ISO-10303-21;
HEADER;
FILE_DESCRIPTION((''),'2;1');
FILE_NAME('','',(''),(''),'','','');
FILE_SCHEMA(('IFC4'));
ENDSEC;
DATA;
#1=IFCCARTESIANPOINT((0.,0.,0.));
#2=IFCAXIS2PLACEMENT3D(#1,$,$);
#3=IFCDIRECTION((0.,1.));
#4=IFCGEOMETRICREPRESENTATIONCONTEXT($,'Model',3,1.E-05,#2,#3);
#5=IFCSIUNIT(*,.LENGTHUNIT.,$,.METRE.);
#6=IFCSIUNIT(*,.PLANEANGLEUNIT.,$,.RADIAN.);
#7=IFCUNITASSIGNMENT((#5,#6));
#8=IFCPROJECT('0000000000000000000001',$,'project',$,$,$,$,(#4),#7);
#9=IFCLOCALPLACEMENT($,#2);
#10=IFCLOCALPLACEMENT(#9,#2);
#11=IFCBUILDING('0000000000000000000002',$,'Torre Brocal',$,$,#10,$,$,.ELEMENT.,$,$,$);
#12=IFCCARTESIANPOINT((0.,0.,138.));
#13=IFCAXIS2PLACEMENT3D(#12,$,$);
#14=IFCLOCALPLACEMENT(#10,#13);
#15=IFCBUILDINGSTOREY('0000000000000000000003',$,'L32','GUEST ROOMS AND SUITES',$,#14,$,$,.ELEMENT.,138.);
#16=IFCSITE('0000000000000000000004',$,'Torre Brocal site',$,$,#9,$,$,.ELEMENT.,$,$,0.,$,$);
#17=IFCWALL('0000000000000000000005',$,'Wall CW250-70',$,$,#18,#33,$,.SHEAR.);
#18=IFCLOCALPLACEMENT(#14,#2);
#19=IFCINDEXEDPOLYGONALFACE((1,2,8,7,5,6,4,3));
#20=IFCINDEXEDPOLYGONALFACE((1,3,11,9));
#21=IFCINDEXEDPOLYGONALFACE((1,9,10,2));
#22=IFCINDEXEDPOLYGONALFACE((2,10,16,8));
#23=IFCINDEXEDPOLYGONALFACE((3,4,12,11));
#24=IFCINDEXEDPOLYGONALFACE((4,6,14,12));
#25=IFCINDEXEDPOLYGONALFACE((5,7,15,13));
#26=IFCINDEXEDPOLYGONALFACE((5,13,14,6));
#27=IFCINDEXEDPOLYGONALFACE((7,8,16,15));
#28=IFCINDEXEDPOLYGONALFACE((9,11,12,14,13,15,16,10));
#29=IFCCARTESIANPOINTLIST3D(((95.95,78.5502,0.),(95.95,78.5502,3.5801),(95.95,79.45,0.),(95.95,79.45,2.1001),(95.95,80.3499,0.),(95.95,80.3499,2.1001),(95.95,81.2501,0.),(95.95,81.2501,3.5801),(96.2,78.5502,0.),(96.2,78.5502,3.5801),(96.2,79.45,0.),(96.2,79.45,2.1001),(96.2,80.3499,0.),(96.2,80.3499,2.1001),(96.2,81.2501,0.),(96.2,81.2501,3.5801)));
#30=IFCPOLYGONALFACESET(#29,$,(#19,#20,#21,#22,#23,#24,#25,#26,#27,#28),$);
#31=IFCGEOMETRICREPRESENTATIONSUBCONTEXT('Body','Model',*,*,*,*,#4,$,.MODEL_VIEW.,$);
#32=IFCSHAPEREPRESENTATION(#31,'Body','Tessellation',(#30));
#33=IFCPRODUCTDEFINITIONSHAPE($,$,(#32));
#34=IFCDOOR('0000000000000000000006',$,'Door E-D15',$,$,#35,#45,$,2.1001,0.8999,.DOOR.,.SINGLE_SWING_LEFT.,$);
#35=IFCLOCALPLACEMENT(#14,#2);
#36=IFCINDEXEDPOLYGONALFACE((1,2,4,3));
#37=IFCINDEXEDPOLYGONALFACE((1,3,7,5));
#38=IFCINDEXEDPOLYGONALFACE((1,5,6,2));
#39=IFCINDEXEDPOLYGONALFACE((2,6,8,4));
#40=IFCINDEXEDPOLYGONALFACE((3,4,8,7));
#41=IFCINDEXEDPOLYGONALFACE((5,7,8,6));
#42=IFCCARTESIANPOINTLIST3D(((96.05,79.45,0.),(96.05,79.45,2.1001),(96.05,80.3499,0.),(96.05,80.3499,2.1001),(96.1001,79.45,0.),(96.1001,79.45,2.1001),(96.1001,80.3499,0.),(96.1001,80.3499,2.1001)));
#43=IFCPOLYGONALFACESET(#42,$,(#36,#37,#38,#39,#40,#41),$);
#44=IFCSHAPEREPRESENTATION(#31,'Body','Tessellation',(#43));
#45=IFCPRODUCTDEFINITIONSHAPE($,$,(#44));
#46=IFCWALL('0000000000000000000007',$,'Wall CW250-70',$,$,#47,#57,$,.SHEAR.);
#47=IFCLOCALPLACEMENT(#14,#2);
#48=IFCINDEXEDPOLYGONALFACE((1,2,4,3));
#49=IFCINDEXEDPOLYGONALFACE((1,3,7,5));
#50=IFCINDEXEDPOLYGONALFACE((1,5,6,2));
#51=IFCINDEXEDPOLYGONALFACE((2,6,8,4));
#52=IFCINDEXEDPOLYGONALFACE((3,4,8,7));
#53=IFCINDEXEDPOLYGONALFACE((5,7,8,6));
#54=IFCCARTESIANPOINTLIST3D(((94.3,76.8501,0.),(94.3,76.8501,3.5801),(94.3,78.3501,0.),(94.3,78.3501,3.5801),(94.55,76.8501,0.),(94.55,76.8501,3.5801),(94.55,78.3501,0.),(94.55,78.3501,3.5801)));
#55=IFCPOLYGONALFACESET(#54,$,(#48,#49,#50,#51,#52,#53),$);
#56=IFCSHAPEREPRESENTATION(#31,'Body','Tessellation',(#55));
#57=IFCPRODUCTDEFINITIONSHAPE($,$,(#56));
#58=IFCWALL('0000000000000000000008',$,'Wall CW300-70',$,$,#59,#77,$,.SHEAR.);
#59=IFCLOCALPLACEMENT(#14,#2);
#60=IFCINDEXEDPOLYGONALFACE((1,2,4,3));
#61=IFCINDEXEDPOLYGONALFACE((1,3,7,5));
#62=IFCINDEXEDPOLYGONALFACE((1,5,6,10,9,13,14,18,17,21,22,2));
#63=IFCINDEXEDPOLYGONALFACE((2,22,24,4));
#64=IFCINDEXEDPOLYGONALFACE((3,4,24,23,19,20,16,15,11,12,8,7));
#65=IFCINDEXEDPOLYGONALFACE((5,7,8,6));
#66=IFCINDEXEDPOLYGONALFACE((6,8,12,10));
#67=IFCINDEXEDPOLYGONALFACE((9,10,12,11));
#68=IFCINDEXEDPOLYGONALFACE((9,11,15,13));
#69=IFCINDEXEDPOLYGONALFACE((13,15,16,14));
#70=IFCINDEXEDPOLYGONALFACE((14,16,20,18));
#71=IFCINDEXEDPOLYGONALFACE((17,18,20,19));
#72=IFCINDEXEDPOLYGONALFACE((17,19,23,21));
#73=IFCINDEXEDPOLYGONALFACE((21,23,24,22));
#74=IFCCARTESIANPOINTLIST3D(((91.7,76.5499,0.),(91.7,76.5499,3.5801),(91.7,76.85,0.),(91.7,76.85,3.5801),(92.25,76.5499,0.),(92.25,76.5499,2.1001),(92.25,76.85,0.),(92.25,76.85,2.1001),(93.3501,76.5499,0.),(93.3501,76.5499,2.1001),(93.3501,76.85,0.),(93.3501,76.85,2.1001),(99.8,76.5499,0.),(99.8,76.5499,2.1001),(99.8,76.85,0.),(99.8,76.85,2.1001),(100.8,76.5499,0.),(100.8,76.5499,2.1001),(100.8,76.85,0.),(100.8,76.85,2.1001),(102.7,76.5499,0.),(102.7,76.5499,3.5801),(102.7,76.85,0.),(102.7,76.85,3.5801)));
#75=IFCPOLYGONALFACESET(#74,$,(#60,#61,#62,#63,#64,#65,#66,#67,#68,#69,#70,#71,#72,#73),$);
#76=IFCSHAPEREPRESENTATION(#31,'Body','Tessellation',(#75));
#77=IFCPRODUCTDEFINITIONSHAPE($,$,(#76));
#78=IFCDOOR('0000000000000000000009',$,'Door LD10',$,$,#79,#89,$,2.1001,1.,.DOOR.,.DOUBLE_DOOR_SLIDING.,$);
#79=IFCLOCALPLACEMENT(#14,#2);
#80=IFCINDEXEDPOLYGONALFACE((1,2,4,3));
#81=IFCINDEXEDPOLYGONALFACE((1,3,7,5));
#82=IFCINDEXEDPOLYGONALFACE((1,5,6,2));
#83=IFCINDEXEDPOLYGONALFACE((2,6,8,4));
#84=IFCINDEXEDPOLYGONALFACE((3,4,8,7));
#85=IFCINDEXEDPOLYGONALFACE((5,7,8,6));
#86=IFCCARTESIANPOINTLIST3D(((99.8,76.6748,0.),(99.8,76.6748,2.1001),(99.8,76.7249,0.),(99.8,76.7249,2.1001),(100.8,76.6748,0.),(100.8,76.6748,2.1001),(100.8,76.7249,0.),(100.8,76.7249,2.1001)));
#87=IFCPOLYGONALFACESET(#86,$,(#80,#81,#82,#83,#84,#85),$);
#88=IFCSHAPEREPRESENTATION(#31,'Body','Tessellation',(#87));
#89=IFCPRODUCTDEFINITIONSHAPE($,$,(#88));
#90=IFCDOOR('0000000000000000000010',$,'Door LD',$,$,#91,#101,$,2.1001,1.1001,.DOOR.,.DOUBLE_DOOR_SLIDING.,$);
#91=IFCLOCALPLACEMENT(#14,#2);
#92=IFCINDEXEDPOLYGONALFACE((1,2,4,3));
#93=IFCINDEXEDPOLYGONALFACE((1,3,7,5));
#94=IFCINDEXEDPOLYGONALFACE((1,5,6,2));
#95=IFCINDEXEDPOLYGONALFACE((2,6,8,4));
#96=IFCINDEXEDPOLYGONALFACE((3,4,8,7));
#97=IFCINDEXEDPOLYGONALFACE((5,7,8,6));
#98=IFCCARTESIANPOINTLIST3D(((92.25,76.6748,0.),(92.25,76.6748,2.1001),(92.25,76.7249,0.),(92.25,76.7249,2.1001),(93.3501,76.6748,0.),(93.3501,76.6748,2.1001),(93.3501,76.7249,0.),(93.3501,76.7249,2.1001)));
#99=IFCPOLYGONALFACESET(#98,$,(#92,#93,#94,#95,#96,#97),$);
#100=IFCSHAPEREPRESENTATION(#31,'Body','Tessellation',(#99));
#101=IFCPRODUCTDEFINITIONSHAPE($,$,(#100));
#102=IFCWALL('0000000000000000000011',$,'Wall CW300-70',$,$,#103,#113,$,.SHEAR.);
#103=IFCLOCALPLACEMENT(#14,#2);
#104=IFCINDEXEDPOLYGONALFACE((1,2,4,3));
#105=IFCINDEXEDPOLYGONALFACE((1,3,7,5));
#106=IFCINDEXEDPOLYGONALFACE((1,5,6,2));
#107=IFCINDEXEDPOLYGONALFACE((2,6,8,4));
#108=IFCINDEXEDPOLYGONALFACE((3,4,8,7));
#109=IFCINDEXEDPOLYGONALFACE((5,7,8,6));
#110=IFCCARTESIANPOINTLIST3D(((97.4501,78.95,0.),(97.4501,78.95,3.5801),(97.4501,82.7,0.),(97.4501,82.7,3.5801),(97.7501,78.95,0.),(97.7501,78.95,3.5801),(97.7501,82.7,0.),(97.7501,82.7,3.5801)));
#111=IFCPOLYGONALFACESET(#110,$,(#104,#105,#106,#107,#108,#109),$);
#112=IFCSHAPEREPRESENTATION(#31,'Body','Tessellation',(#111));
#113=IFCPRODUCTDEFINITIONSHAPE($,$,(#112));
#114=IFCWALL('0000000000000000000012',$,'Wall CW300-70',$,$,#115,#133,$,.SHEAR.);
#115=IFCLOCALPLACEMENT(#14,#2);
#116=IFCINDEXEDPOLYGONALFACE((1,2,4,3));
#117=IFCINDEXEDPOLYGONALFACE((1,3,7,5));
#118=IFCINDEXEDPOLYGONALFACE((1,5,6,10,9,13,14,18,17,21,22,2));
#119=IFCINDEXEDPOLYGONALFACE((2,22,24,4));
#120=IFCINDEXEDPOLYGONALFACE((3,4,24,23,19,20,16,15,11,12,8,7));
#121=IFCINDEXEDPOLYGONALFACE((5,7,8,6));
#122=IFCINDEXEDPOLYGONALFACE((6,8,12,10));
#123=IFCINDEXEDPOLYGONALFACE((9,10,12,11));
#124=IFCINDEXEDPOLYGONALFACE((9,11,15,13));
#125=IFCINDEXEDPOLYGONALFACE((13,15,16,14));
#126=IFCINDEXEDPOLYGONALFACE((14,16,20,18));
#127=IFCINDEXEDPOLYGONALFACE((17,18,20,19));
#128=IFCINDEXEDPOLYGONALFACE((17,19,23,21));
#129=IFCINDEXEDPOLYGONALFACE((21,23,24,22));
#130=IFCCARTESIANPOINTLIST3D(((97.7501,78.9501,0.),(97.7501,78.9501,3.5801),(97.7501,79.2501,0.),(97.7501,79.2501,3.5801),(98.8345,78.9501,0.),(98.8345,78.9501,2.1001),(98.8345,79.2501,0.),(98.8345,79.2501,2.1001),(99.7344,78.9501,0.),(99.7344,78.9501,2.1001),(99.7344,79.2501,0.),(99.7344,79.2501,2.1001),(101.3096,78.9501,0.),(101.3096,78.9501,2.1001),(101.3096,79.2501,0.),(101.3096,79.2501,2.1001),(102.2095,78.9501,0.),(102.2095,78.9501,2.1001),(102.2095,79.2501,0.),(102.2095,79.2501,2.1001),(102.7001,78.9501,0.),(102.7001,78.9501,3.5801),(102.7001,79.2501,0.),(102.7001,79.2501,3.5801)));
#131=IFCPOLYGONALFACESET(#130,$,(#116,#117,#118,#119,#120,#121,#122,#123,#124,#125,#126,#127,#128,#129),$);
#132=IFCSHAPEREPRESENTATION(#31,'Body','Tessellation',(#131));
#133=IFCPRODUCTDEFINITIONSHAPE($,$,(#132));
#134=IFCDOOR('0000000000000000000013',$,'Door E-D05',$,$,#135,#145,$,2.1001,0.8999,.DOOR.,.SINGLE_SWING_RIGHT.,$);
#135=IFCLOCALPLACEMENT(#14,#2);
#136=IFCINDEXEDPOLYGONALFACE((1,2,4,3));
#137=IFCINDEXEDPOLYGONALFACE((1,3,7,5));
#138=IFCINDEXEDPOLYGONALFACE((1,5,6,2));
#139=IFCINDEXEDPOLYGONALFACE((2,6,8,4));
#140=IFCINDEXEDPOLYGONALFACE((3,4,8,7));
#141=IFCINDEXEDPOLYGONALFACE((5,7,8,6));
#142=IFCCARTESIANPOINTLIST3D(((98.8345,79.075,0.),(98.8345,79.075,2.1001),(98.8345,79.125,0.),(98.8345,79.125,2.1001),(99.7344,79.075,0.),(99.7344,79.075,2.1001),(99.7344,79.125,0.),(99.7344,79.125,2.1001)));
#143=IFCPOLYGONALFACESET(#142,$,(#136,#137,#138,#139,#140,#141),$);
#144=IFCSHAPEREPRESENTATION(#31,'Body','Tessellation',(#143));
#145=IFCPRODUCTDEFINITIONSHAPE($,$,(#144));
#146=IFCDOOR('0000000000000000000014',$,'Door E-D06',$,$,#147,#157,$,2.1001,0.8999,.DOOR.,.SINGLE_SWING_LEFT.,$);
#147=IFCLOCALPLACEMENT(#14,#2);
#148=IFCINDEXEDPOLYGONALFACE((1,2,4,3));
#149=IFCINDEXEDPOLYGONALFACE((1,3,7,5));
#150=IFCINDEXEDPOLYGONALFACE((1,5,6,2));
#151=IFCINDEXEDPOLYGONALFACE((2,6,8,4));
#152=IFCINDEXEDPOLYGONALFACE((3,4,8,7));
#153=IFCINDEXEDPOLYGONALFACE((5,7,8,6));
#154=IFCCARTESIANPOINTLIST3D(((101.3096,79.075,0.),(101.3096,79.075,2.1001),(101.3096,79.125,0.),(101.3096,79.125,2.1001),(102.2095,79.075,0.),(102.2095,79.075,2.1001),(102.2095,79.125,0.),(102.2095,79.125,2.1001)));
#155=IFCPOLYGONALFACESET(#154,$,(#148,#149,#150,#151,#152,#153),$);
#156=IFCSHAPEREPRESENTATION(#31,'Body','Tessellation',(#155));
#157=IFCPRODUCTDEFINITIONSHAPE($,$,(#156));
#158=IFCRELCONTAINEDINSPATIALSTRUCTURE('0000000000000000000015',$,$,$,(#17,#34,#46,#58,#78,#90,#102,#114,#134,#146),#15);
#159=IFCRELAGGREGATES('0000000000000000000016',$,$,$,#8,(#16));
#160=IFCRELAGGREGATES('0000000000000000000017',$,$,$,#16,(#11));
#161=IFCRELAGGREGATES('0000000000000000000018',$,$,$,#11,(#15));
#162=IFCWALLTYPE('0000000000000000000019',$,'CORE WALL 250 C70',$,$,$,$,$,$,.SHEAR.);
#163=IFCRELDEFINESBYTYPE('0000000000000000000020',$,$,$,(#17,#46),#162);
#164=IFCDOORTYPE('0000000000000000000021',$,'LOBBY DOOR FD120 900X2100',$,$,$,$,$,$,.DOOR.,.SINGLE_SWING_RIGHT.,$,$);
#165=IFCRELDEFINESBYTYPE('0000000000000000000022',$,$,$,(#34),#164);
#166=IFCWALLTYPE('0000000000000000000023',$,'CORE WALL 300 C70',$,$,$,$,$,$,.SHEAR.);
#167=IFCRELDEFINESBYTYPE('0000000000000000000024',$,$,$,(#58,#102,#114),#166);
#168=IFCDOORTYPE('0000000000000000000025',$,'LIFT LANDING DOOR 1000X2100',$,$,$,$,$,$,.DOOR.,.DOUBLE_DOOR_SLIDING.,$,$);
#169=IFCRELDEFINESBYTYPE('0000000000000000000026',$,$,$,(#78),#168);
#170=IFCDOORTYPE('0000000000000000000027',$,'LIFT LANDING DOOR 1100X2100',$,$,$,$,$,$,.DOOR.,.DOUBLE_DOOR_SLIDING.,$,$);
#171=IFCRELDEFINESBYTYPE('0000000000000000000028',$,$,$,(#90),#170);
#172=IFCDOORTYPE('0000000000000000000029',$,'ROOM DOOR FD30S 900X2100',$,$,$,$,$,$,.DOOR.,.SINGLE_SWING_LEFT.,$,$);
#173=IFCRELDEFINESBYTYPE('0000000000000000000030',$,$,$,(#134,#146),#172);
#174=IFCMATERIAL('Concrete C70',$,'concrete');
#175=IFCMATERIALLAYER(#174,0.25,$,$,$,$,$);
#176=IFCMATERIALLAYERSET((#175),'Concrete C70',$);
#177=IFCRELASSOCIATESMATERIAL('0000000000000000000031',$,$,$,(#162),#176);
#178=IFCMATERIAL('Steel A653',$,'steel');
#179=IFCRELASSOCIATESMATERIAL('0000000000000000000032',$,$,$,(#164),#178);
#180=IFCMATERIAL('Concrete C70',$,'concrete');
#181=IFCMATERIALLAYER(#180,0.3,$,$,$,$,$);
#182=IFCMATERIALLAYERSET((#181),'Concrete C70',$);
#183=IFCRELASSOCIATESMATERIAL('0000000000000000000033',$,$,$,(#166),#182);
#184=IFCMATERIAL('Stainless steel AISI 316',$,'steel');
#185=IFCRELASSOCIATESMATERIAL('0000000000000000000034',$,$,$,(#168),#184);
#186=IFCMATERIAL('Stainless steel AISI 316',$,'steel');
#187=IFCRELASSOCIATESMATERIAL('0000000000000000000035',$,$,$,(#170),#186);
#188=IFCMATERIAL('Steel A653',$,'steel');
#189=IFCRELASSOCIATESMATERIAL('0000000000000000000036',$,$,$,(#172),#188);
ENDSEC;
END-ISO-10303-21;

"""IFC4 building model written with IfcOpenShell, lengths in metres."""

from ifc_helpers import new_model, si_unit, direction, frame, frame_2d, origin, place, context, subcontext, project, spatial, rectangle, extrude, material, layer, layer_set, type_object, element, fill, save


model = new_model("IFC4")

# Units and contexts
model_context = context("Model", 3, precision=1e-05, world=origin(), true_north=direction((0.0, 1.0)))
body_context = subcontext(model_context, "Body", "Model", "MODEL_VIEW")
ifc_project = project(units=[si_unit("LENGTHUNIT", "METRE"), si_unit("PLANEANGLEUNIT", "RADIAN")], contexts=[model_context])

# Site, building, storey
site_placement = place(None, origin())
site = spatial("IfcSite", under=ifc_project, at=site_placement, Name="Torre Brocal site", CompositionType="ELEMENT", RefElevation=0.0)
building_placement = place(site_placement, origin())
building = spatial("IfcBuilding", under=site, at=building_placement, Name="Torre Brocal", CompositionType="ELEMENT")
storey_placement = place(building_placement, frame((0.0, 0.0, 138.0)))
storey = spatial("IfcBuildingStorey", under=building, at=storey_placement, Name="L32", Description="GUEST ROOMS AND SUITES", CompositionType="ELEMENT", Elevation=138.0)

# Wall, opening, door
ifc_material_1 = material(Name="Concrete C70", Category="concrete")
ifc_layer_1 = layer(ifc_material_1, 0.25)
ifc_layer_set_1 = layer_set([ifc_layer_1], Name="Concrete C70")
wall_type_1 = type_object("IfcWallType", Name="CORE WALL 250 C70", PredefinedType="SHEAR", material=ifc_layer_set_1)
wall_1_placement = place(storey_placement, frame((96.075, 78.55, 0.0), z_axis=(0.0, 0.0, 1.0), x_axis=(0.0, 1.0, 0.0)))
wall_1 = element("IfcWall", 1, at=wall_1_placement, inside=storey, type_object=wall_type_1, Name="Wall CW250-70", PredefinedType="SHEAR", context=body_context, shape_type="SweptSolid", body=[
    extrude(rectangle(XDim=2.7, YDim=0.25, at=frame_2d((1.3501, 0.0))), origin(), (0.0, 0.0, 1.0), 3.5801),
])
opening_1_placement = place(wall_1_placement, frame((0.8999, 0.0, 0.0)))
opening_1 = element("IfcOpeningElement", 2, at=opening_1_placement, cuts=wall_1, PredefinedType="OPENING", context=body_context, shape_type="SweptSolid", body=[
    extrude(rectangle(XDim=0.8999, YDim=2.1001, at=frame_2d((0.45, 1.05))), frame((0.0, 0.135, 0.0), z_axis=(0.0, -1.0, 0.0), x_axis=(1.0, 0.0, 0.0)), (0.0, 0.0, 1.0), 0.27),
])
ifc_material_2 = material(Name="Steel A653", Category="steel")
door_type_1 = type_object("IfcDoorType", Name="LOBBY DOOR FD120 900X2100", OperationType="SINGLE_SWING_RIGHT", PredefinedType="DOOR", material=ifc_material_2)
door_1_placement = place(opening_1_placement, origin())
door_1 = element("IfcDoor", 3, at=door_1_placement, inside=storey, type_object=door_type_1, Name="Door E-D15", OperationType="SINGLE_SWING_LEFT", OverallHeight=2.1001, OverallWidth=0.8999, PredefinedType="DOOR", context=body_context, shape_type="SweptSolid", body=[
    extrude(rectangle(XDim=0.8999, YDim=2.1001, at=frame_2d((0.45, 1.05))), frame((0.0, 0.0249, 0.0), z_axis=(0.0, -1.0, 0.0), x_axis=(1.0, 0.0, 0.0)), (0.0, 0.0, 1.0), 0.05),
])
fill(opening_1, door_1)

# Wall
wall_2_placement = place(storey_placement, frame((94.425, 76.8501, 0.0), z_axis=(0.0, 0.0, 1.0), x_axis=(0.0, 1.0, 0.0)))
element("IfcWall", 4, at=wall_2_placement, inside=storey, type_object=wall_type_1, Name="Wall CW250-70", PredefinedType="SHEAR", context=body_context, shape_type="SweptSolid", body=[
    extrude(rectangle(XDim=1.5, YDim=0.25, at=frame_2d((0.75, 0.0))), origin(), (0.0, 0.0, 1.0), 3.5801),
])

# Wall, openings, doors
ifc_material_3 = material(Name="Concrete C70", Category="concrete")
ifc_layer_2 = layer(ifc_material_3, 0.3)
ifc_layer_set_2 = layer_set([ifc_layer_2], Name="Concrete C70")
wall_type_2 = type_object("IfcWallType", Name="CORE WALL 300 C70", PredefinedType="SHEAR", material=ifc_layer_set_2)
wall_3_placement = place(storey_placement, frame((91.7, 76.7, 0.0), z_axis=(0.0, 0.0, 1.0), x_axis=(1.0, 0.0, 0.0)))
wall_3 = element("IfcWall", 5, at=wall_3_placement, inside=storey, type_object=wall_type_2, Name="Wall CW300-70", PredefinedType="SHEAR", context=body_context, shape_type="SweptSolid", body=[
    extrude(rectangle(XDim=11.0, YDim=0.3, at=frame_2d((5.5, 0.0))), origin(), (0.0, 0.0, 1.0), 3.5801),
])
opening_2_placement = place(wall_3_placement, frame((0.55, 0.0, 0.0)))
opening_2 = element("IfcOpeningElement", 6, at=opening_2_placement, cuts=wall_3, PredefinedType="OPENING", context=body_context, shape_type="SweptSolid", body=[
    extrude(rectangle(XDim=1.1001, YDim=2.1001, at=frame_2d((0.55, 1.05))), frame((0.0, 0.1599, 0.0), z_axis=(0.0, -1.0, 0.0), x_axis=(1.0, 0.0, 0.0)), (0.0, 0.0, 1.0), 0.3201),
])
opening_3_placement = place(wall_3_placement, frame((8.1001, 0.0, 0.0)))
opening_3 = element("IfcOpeningElement", 7, at=opening_3_placement, cuts=wall_3, PredefinedType="OPENING", context=body_context, shape_type="SweptSolid", body=[
    extrude(rectangle(XDim=1.0, YDim=2.1001, at=frame_2d((0.5, 1.05))), frame((0.0, 0.1599, 0.0), z_axis=(0.0, -1.0, 0.0), x_axis=(1.0, 0.0, 0.0)), (0.0, 0.0, 1.0), 0.3201),
])
ifc_material_4 = material(Name="Stainless steel AISI 316", Category="steel")
door_type_2 = type_object("IfcDoorType", Name="LIFT LANDING DOOR 1000X2100", OperationType="DOUBLE_DOOR_SLIDING", PredefinedType="DOOR", material=ifc_material_4)
door_2_placement = place(opening_3_placement, origin())
door_2 = element("IfcDoor", 8, at=door_2_placement, inside=storey, type_object=door_type_2, Name="Door LD10", OperationType="DOUBLE_DOOR_SLIDING", OverallHeight=2.1001, OverallWidth=1.0, PredefinedType="DOOR", context=body_context, shape_type="SweptSolid", body=[
    extrude(rectangle(XDim=1.0, YDim=2.1001, at=frame_2d((0.5, 1.05))), frame((0.0, 0.0249, 0.0), z_axis=(0.0, -1.0, 0.0), x_axis=(1.0, 0.0, 0.0)), (0.0, 0.0, 1.0), 0.05),
])
fill(opening_3, door_2)
ifc_material_5 = material(Name="Stainless steel AISI 316", Category="steel")
door_type_3 = type_object("IfcDoorType", Name="LIFT LANDING DOOR 1100X2100", OperationType="DOUBLE_DOOR_SLIDING", PredefinedType="DOOR", material=ifc_material_5)
door_3_placement = place(opening_2_placement, origin())
door_3 = element("IfcDoor", 9, at=door_3_placement, inside=storey, type_object=door_type_3, Name="Door LD", OperationType="DOUBLE_DOOR_SLIDING", OverallHeight=2.1001, OverallWidth=1.1001, PredefinedType="DOOR", context=body_context, shape_type="SweptSolid", body=[
    extrude(rectangle(XDim=1.1001, YDim=2.1001, at=frame_2d((0.55, 1.05))), frame((0.0, 0.0249, 0.0), z_axis=(0.0, -1.0, 0.0), x_axis=(1.0, 0.0, 0.0)), (0.0, 0.0, 1.0), 0.05),
])
fill(opening_2, door_3)

# Wall
wall_4_placement = place(storey_placement, frame((97.6001, 78.95, 0.0), z_axis=(0.0, 0.0, 1.0), x_axis=(0.0, 1.0, 0.0)))
element("IfcWall", 10, at=wall_4_placement, inside=storey, type_object=wall_type_2, Name="Wall CW300-70", PredefinedType="SHEAR", context=body_context, shape_type="SweptSolid", body=[
    extrude(rectangle(XDim=3.75, YDim=0.3, at=frame_2d((1.875, 0.0))), origin(), (0.0, 0.0, 1.0), 3.5801),
])

# Wall, openings, doors
wall_5_placement = place(storey_placement, frame((97.75, 79.1001, 0.0), z_axis=(0.0, 0.0, 1.0), x_axis=(1.0, 0.0, 0.0)))
wall_5 = element("IfcWall", 11, at=wall_5_placement, inside=storey, type_object=wall_type_2, Name="Wall CW300-70", PredefinedType="SHEAR", context=body_context, shape_type="SweptSolid", body=[
    extrude(rectangle(XDim=4.95, YDim=0.3, at=frame_2d((2.4751, 0.0))), origin(), (0.0, 0.0, 1.0), 3.5801),
])
opening_4_placement = place(wall_5_placement, frame((1.0845, 0.0, 0.0)))
opening_4 = element("IfcOpeningElement", 12, at=opening_4_placement, cuts=wall_5, PredefinedType="OPENING", context=body_context, shape_type="SweptSolid", body=[
    extrude(rectangle(XDim=0.8999, YDim=2.1001, at=frame_2d((0.45, 1.05))), frame((0.0, 0.1599, 0.0), z_axis=(0.0, -1.0, 0.0), x_axis=(1.0, 0.0, 0.0)), (0.0, 0.0, 1.0), 0.3201),
])
opening_5_placement = place(wall_5_placement, frame((3.5596, 0.0, 0.0)))
opening_5 = element("IfcOpeningElement", 13, at=opening_5_placement, cuts=wall_5, PredefinedType="OPENING", context=body_context, shape_type="SweptSolid", body=[
    extrude(rectangle(XDim=0.8999, YDim=2.1001, at=frame_2d((0.45, 1.05))), frame((0.0, 0.1599, 0.0), z_axis=(0.0, -1.0, 0.0), x_axis=(1.0, 0.0, 0.0)), (0.0, 0.0, 1.0), 0.3201),
])
ifc_material_6 = material(Name="Steel A653", Category="steel")
door_type_4 = type_object("IfcDoorType", Name="ROOM DOOR FD30S 900X2100", OperationType="SINGLE_SWING_LEFT", PredefinedType="DOOR", material=ifc_material_6)
door_4_placement = place(opening_4_placement, origin())
door_4 = element("IfcDoor", 14, at=door_4_placement, inside=storey, type_object=door_type_4, Name="Door E-D05", OperationType="SINGLE_SWING_RIGHT", OverallHeight=2.1001, OverallWidth=0.8999, PredefinedType="DOOR", context=body_context, shape_type="SweptSolid", body=[
    extrude(rectangle(XDim=0.8999, YDim=2.1001, at=frame_2d((0.45, 1.05))), frame((0.0, 0.0249, 0.0), z_axis=(0.0, -1.0, 0.0), x_axis=(1.0, 0.0, 0.0)), (0.0, 0.0, 1.0), 0.05),
])
fill(opening_4, door_4)
door_5_placement = place(opening_5_placement, origin())
door_5 = element("IfcDoor", 15, at=door_5_placement, inside=storey, type_object=door_type_4, Name="Door E-D06", OperationType="SINGLE_SWING_LEFT", OverallHeight=2.1001, OverallWidth=0.8999, PredefinedType="DOOR", context=body_context, shape_type="SweptSolid", body=[
    extrude(rectangle(XDim=0.8999, YDim=2.1001, at=frame_2d((0.45, 1.05))), frame((0.0, 0.0249, 0.0), z_axis=(0.0, -1.0, 0.0), x_axis=(1.0, 0.0, 0.0)), (0.0, 0.0, 1.0), 0.05),
])
fill(opening_5, door_5)

save(model, "model.ifc")
